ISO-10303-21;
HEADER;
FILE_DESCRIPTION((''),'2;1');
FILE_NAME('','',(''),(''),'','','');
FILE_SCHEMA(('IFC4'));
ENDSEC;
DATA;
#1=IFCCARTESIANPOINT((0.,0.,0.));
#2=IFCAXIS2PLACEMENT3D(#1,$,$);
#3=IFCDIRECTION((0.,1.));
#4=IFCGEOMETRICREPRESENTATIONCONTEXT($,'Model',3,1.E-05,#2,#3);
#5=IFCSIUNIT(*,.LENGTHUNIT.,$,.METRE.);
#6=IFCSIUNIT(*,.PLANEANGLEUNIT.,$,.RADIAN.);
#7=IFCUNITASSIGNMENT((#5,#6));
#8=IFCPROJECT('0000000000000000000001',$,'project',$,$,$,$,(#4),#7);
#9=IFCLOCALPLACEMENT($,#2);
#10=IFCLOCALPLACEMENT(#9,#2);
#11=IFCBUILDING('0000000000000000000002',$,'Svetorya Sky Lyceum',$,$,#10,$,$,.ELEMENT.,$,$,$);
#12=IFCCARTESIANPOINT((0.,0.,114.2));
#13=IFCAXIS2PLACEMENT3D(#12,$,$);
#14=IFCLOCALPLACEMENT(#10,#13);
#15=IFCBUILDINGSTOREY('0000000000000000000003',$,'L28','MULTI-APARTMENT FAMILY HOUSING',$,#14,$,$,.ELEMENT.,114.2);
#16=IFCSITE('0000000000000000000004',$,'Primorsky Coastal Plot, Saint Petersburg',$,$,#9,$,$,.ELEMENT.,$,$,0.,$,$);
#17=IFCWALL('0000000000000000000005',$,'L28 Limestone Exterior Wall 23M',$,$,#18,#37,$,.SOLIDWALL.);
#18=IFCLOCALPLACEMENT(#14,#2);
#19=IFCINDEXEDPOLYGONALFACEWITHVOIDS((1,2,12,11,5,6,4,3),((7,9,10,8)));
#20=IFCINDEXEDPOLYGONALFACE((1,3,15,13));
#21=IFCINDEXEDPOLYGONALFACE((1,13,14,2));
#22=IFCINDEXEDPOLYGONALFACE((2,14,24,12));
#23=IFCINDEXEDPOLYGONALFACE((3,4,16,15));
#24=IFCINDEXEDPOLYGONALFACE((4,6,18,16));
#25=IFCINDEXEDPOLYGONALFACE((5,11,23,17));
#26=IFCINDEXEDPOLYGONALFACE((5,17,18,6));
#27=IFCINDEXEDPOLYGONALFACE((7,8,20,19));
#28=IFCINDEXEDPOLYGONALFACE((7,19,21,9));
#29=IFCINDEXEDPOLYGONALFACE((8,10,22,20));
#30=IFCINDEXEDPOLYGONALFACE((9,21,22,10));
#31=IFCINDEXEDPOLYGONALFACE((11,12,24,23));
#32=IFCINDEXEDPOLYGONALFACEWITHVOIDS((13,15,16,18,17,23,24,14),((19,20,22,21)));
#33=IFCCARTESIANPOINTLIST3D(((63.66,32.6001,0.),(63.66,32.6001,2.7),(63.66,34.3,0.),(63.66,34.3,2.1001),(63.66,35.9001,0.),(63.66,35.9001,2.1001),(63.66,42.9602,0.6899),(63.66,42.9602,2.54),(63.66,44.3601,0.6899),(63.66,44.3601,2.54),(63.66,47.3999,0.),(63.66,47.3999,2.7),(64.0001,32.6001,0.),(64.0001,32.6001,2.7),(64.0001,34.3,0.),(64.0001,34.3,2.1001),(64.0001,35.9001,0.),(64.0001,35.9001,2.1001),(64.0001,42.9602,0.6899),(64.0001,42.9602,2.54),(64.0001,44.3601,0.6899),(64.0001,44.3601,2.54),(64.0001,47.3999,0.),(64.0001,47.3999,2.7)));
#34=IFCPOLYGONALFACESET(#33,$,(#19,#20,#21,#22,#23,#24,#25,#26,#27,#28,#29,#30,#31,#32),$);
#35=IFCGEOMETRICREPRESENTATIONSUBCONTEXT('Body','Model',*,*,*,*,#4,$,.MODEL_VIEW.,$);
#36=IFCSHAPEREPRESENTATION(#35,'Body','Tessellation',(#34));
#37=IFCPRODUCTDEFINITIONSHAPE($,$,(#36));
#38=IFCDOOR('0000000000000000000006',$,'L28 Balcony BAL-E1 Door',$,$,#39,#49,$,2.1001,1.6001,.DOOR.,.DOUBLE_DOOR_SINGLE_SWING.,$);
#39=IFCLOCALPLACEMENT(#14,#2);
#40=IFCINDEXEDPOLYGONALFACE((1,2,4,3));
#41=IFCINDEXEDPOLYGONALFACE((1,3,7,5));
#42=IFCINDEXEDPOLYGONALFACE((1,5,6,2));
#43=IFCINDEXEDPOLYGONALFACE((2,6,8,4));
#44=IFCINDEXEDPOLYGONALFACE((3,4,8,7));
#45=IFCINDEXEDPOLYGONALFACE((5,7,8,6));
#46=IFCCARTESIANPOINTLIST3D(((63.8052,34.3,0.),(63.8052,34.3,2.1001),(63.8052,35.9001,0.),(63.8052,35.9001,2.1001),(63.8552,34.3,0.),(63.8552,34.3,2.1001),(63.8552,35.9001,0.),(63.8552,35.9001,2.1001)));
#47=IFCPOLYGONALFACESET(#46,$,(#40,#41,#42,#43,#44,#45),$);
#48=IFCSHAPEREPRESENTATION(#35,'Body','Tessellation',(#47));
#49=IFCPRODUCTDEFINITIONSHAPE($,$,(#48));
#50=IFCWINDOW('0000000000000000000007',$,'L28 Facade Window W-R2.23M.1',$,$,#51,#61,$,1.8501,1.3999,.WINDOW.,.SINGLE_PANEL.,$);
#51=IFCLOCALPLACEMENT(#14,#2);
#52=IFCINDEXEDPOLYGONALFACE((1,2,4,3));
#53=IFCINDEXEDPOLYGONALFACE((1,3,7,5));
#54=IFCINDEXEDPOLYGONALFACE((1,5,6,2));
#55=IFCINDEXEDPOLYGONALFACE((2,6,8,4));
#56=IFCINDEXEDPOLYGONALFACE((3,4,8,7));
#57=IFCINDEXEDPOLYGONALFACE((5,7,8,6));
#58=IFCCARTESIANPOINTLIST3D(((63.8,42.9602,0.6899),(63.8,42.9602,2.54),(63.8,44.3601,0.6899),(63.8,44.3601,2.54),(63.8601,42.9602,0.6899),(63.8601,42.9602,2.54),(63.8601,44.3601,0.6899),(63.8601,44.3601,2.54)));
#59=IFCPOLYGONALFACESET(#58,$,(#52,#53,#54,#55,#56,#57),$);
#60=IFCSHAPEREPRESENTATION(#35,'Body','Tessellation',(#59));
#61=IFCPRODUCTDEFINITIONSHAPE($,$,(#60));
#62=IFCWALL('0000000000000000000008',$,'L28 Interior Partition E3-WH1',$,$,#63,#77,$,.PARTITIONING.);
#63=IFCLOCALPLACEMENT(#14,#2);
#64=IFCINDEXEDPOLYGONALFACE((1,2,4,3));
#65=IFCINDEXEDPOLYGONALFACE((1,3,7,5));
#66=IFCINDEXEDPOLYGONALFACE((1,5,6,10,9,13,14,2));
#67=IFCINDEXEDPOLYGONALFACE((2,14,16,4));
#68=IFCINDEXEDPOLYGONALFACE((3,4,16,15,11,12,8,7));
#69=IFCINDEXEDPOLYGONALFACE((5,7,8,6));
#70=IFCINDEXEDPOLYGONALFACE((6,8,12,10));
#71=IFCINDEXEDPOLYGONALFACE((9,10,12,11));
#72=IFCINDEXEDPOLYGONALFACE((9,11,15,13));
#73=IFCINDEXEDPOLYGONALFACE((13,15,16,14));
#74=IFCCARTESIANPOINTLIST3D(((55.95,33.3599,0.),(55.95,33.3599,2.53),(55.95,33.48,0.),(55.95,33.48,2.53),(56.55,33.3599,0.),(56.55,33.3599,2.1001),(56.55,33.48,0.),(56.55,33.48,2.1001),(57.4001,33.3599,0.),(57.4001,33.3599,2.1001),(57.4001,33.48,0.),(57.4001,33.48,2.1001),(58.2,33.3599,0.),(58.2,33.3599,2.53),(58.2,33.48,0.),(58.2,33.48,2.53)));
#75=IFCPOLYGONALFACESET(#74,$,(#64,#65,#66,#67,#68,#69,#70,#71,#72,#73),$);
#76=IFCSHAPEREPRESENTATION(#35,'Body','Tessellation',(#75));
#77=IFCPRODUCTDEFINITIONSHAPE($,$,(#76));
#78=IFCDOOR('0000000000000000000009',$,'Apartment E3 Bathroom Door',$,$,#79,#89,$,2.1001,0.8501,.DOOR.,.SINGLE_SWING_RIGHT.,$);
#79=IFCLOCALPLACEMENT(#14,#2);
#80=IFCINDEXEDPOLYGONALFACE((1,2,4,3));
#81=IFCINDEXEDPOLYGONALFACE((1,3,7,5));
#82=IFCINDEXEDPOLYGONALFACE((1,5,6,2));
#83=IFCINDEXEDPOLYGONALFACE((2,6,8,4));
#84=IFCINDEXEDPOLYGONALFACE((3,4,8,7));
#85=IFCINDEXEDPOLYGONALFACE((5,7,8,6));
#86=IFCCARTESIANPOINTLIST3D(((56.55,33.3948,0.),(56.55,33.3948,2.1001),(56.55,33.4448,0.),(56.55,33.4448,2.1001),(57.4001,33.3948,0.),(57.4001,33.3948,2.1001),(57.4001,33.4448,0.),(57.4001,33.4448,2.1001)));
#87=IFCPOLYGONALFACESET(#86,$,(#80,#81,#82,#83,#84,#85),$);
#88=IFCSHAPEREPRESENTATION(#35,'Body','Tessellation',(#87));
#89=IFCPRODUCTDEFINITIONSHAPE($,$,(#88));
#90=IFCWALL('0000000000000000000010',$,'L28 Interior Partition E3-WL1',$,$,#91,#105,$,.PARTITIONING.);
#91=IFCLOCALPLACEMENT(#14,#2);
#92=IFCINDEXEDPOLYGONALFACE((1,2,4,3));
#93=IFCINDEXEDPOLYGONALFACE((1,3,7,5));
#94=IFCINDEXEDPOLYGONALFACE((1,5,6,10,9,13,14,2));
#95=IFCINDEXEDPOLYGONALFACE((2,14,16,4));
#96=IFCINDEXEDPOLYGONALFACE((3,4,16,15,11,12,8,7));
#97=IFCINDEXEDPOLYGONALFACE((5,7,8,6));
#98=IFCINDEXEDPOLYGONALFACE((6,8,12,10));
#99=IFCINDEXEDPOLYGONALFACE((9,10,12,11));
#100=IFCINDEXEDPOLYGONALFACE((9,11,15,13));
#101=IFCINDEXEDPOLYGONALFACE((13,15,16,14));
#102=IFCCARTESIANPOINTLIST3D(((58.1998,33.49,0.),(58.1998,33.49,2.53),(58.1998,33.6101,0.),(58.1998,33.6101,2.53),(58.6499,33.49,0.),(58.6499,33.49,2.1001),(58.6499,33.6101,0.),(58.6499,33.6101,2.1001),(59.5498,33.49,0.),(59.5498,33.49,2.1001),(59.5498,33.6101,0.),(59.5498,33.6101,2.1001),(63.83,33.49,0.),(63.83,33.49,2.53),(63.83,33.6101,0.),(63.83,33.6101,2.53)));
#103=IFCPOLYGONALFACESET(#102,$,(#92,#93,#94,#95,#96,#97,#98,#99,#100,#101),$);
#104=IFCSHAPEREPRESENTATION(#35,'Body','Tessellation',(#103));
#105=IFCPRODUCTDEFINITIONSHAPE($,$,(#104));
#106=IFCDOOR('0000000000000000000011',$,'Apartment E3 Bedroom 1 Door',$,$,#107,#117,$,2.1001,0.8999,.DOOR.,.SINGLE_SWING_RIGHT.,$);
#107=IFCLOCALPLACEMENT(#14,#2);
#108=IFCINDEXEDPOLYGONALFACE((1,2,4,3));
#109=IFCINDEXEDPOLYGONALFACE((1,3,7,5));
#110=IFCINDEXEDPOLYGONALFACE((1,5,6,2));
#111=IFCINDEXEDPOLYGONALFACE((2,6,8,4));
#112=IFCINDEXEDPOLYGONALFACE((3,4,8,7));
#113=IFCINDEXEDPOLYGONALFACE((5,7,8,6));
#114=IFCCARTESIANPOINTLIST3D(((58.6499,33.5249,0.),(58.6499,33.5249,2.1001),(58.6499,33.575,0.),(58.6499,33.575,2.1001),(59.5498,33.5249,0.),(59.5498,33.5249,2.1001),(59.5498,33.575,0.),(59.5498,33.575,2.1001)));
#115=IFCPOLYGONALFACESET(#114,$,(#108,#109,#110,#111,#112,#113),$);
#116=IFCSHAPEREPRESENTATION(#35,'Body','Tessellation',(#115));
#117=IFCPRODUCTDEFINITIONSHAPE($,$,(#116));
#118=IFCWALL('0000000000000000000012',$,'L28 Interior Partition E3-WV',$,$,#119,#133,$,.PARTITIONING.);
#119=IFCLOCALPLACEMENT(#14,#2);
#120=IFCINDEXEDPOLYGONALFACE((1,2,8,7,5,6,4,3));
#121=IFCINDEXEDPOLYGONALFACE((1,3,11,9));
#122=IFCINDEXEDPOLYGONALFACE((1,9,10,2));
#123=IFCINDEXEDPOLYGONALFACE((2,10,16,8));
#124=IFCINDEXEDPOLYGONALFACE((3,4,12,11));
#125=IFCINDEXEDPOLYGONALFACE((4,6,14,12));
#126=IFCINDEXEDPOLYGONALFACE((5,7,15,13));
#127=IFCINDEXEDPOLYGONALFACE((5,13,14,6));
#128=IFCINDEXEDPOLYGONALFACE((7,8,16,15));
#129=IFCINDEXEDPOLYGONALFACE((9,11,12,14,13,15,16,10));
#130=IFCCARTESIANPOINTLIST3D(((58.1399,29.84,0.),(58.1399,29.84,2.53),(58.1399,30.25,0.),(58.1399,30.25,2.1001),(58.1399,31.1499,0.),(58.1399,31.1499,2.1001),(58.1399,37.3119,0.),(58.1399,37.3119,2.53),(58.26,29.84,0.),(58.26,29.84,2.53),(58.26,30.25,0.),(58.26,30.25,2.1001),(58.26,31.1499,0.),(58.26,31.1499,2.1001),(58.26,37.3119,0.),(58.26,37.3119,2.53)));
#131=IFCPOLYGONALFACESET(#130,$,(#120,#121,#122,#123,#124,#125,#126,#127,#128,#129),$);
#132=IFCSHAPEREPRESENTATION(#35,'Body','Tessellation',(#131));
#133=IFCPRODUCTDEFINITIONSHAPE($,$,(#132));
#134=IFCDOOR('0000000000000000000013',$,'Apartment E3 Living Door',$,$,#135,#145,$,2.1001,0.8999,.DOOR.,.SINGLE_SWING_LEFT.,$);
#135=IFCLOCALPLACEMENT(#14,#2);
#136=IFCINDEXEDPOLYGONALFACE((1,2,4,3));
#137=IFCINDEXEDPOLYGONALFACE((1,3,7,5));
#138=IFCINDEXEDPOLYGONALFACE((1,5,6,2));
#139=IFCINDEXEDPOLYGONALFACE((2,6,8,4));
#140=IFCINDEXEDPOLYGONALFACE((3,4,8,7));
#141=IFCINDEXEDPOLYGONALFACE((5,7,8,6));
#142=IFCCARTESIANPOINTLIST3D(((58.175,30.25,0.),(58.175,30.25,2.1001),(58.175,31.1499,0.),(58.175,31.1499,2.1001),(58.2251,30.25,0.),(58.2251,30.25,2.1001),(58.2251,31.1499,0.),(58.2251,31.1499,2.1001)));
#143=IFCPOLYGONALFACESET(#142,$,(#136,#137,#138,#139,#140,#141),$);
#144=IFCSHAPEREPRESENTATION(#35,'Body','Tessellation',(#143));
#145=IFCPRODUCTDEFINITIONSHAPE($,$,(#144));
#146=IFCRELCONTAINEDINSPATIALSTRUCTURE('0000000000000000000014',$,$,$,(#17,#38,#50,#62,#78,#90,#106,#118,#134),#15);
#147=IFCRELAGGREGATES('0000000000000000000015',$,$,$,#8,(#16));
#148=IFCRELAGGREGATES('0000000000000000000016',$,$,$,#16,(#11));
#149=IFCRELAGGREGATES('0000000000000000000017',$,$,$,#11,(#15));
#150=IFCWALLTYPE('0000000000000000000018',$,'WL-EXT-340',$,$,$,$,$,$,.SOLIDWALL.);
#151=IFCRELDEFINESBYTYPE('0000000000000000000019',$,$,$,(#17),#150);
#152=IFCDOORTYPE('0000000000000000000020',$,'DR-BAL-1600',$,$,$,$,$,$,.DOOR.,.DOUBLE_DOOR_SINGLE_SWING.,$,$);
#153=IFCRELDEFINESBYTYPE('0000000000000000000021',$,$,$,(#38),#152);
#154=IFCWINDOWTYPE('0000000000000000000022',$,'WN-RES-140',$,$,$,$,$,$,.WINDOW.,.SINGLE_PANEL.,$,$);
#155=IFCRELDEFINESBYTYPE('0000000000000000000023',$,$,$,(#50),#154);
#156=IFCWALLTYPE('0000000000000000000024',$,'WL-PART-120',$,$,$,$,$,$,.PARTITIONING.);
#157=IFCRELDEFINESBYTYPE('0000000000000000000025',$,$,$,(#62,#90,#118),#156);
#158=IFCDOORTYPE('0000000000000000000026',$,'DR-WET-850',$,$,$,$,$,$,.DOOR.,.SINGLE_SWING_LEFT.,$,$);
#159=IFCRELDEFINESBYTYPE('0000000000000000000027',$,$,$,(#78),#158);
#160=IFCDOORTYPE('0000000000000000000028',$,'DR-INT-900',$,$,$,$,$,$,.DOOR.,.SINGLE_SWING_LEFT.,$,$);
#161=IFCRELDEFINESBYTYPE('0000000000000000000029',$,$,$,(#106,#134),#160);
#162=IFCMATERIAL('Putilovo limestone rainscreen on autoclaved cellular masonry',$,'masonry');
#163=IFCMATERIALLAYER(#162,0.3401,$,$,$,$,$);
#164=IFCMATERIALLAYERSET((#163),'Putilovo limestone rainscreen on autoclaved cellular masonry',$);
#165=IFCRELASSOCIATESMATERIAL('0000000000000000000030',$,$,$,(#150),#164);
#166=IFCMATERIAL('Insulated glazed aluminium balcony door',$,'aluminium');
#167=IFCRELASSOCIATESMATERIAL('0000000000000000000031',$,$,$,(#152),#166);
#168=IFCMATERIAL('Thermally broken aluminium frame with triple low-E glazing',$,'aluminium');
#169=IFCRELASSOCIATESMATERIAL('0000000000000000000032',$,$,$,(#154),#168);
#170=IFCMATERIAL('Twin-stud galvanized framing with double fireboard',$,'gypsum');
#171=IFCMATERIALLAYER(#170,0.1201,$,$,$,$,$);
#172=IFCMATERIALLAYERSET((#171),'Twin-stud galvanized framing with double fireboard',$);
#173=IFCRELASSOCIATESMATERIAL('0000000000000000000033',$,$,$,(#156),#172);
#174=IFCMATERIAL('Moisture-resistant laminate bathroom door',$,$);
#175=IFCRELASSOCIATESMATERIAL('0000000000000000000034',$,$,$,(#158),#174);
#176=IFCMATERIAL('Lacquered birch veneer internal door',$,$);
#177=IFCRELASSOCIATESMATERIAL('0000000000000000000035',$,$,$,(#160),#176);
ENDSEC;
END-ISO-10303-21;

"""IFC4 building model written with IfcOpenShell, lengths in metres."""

from ifc_helpers import new_model, si_unit, direction, frame, frame_2d, origin, place, context, subcontext, project, spatial, rectangle, extrude, material, layer, layer_set, type_object, element, fill, save


model = new_model("IFC4")

# Units and contexts
model_context = context("Model", 3, precision=1e-05, world=origin(), true_north=direction((0.0, 1.0)))
body_context = subcontext(model_context, "Body", "Model", "MODEL_VIEW")
ifc_project = project(units=[si_unit("LENGTHUNIT", "METRE"), si_unit("PLANEANGLEUNIT", "RADIAN")], contexts=[model_context])

# Site, building, storey
site_placement = place(None, origin())
site = spatial("IfcSite", under=ifc_project, at=site_placement, Name="Primorsky Coastal Plot, Saint Petersburg", CompositionType="ELEMENT", RefElevation=0.0)
building_placement = place(site_placement, origin())
building = spatial("IfcBuilding", under=site, at=building_placement, Name="Svetorya Sky Lyceum", CompositionType="ELEMENT")
storey_placement = place(building_placement, frame((0.0, 0.0, 114.2)))
storey = spatial("IfcBuildingStorey", under=building, at=storey_placement, Name="L28", Description="MULTI-APARTMENT FAMILY HOUSING", CompositionType="ELEMENT", Elevation=114.2)

# Shared definitions
ifc_material_1 = material(Name="Putilovo limestone rainscreen on autoclaved cellular masonry", Category="masonry")
ifc_layer_1 = layer(ifc_material_1, 0.3401)
ifc_layer_set_1 = layer_set([ifc_layer_1], Name="Putilovo limestone rainscreen on autoclaved cellular masonry")
wall_type_1 = type_object("IfcWallType", Name="WL-EXT-340", PredefinedType="SOLIDWALL", material=ifc_layer_set_1)

# Shared definitions
ifc_material_2 = material(Name="Thermally broken aluminium frame with triple low-E glazing", Category="aluminium")

# Wall, openings, door, window
wall_1_placement = place(storey_placement, frame((63.8301, 32.6001, 0.0), z_axis=(0.0, 0.0, 1.0), x_axis=(0.0, 1.0, 0.0)))
wall_1 = element("IfcWall", 1, at=wall_1_placement, inside=storey, type_object=wall_type_1, Name="L28 Limestone Exterior Wall 23M", PredefinedType="SOLIDWALL", context=body_context, shape_type="SweptSolid", body=[
    extrude(rectangle(XDim=14.7998, YDim=0.3401, at=frame_2d((7.3999, 0.0))), origin(), (0.0, 0.0, 1.0), 2.7),
])
opening_1_placement = place(wall_1_placement, frame((1.7, 0.0, 0.0)))
opening_1 = element("IfcOpeningElement", 2, at=opening_1_placement, cuts=wall_1, PredefinedType="OPENING", context=body_context, shape_type="SweptSolid", body=[
    extrude(rectangle(XDim=1.6001, YDim=2.1001, at=frame_2d((0.8, 1.05))), frame((0.0, 0.1799, 0.0), z_axis=(0.0, -1.0, 0.0), x_axis=(1.0, 0.0, 0.0)), (0.0, 0.0, 1.0), 0.3601),
])
opening_2_placement = place(wall_1_placement, frame((10.3601, 0.0, 0.6899)))
opening_2 = element("IfcOpeningElement", 3, at=opening_2_placement, cuts=wall_1, PredefinedType="OPENING", context=body_context, shape_type="SweptSolid", body=[
    extrude(rectangle(XDim=1.3999, YDim=1.8501, at=frame_2d((0.7, 0.925))), frame((0.0, 0.1799, 0.0), z_axis=(0.0, -1.0, 0.0), x_axis=(1.0, 0.0, 0.0)), (0.0, 0.0, 1.0), 0.3601),
])
ifc_material_3 = material(Name="Insulated glazed aluminium balcony door", Category="aluminium")
door_type_1 = type_object("IfcDoorType", Name="DR-BAL-1600", OperationType="DOUBLE_DOOR_SINGLE_SWING", PredefinedType="DOOR", material=ifc_material_3)
door_1_placement = place(opening_1_placement, origin())
door_1 = element("IfcDoor", 4, at=door_1_placement, inside=storey, type_object=door_type_1, Name="L28 Balcony BAL-E1 Door", OperationType="DOUBLE_DOOR_SINGLE_SWING", OverallHeight=2.1001, OverallWidth=1.6001, PredefinedType="DOOR", context=body_context, shape_type="SweptSolid", body=[
    extrude(rectangle(XDim=1.6001, YDim=2.1001, at=frame_2d((0.8, 1.05))), frame((0.0, 0.0249, 0.0), z_axis=(0.0, -1.0, 0.0), x_axis=(1.0, 0.0, 0.0)), (0.0, 0.0, 1.0), 0.05),
])
fill(opening_1, door_1)
window_type_1 = type_object("IfcWindowType", Name="WN-RES-140", PartitioningType="SINGLE_PANEL", PredefinedType="WINDOW", material=ifc_material_2)
window_1_placement = place(opening_2_placement, origin())
window_1 = element("IfcWindow", 5, at=window_1_placement, inside=storey, type_object=window_type_1, Name="L28 Facade Window W-R2.23M.1", OverallHeight=1.8501, OverallWidth=1.3999, PartitioningType="SINGLE_PANEL", PredefinedType="WINDOW", context=body_context, shape_type="SweptSolid", body=[
    extrude(rectangle(XDim=1.3999, YDim=1.8501, at=frame_2d((0.7, 0.925))), frame((0.0, 0.03, 0.0), z_axis=(0.0, -1.0, 0.0), x_axis=(1.0, 0.0, 0.0)), (0.0, 0.0, 1.0), 0.0601),
])
fill(opening_2, window_1)

# Walls, openings, doors
ifc_material_4 = material(Name="Twin-stud galvanized framing with double fireboard", Category="gypsum")
ifc_layer_2 = layer(ifc_material_4, 0.1201)
ifc_layer_set_2 = layer_set([ifc_layer_2], Name="Twin-stud galvanized framing with double fireboard")
wall_type_2 = type_object("IfcWallType", Name="WL-PART-120", PredefinedType="PARTITIONING", material=ifc_layer_set_2)
wall_2_placement = place(storey_placement, frame((55.95, 33.4199, 0.0), z_axis=(0.0, 0.0, 1.0), x_axis=(1.0, 0.0, 0.0)))
wall_2 = element("IfcWall", 6, at=wall_2_placement, inside=storey, type_object=wall_type_2, Name="L28 Interior Partition E3-WH1", PredefinedType="PARTITIONING", context=body_context, shape_type="SweptSolid", body=[
    extrude(rectangle(XDim=2.25, YDim=0.1201, at=frame_2d((1.125, 0.0))), origin(), (0.0, 0.0, 1.0), 2.53),
])
opening_3_placement = place(wall_2_placement, frame((0.6001, 0.0, 0.0)))
opening_3 = element("IfcOpeningElement", 7, at=opening_3_placement, cuts=wall_2, PredefinedType="OPENING", context=body_context, shape_type="SweptSolid", body=[
    extrude(rectangle(XDim=0.8501, YDim=2.1001, at=frame_2d((0.425, 1.05))), frame((0.0, 0.0701, 0.0), z_axis=(0.0, -1.0, 0.0), x_axis=(1.0, 0.0, 0.0)), (0.0, 0.0, 1.0), 0.1401),
])
ifc_material_5 = material(Name="Moisture-resistant laminate bathroom door")
door_type_2 = type_object("IfcDoorType", Name="DR-WET-850", OperationType="SINGLE_SWING_LEFT", PredefinedType="DOOR", material=ifc_material_5)
door_2_placement = place(opening_3_placement, origin())
door_2 = element("IfcDoor", 8, at=door_2_placement, inside=storey, type_object=door_type_2, Name="Apartment E3 Bathroom Door", OperationType="SINGLE_SWING_RIGHT", OverallHeight=2.1001, OverallWidth=0.8501, PredefinedType="DOOR", context=body_context, shape_type="SweptSolid", body=[
    extrude(rectangle(XDim=0.8501, YDim=2.1001, at=frame_2d((0.425, 1.05))), frame((0.0, 0.0249, 0.0), z_axis=(0.0, -1.0, 0.0), x_axis=(1.0, 0.0, 0.0)), (0.0, 0.0, 1.0), 0.05),
])
fill(opening_3, door_2)
wall_3_placement = place(storey_placement, frame((58.2, 33.55, 0.0), z_axis=(0.0, 0.0, 1.0), x_axis=(1.0, 0.0, 0.0)))
wall_3 = element("IfcWall", 9, at=wall_3_placement, inside=storey, type_object=wall_type_2, Name="L28 Interior Partition E3-WL1", PredefinedType="PARTITIONING", context=body_context, shape_type="SweptSolid", body=[
    extrude(rectangle(XDim=5.6301, YDim=0.1201, at=frame_2d((2.8149, 0.0))), origin(), (0.0, 0.0, 1.0), 2.53),
])
opening_4_placement = place(wall_3_placement, frame((0.45, 0.0, 0.0)))
opening_4 = element("IfcOpeningElement", 10, at=opening_4_placement, cuts=wall_3, PredefinedType="OPENING", context=body_context, shape_type="SweptSolid", body=[
    extrude(rectangle(XDim=0.8999, YDim=2.1001, at=frame_2d((0.45, 1.05))), frame((0.0, 0.0701, 0.0), z_axis=(0.0, -1.0, 0.0), x_axis=(1.0, 0.0, 0.0)), (0.0, 0.0, 1.0), 0.1401),
])
ifc_material_6 = material(Name="Lacquered birch veneer internal door")
door_type_3 = type_object("IfcDoorType", Name="DR-INT-900", OperationType="SINGLE_SWING_LEFT", PredefinedType="DOOR", material=ifc_material_6)
door_3_placement = place(opening_4_placement, origin())
door_3 = element("IfcDoor", 11, at=door_3_placement, inside=storey, type_object=door_type_3, Name="Apartment E3 Bedroom 1 Door", OperationType="SINGLE_SWING_RIGHT", OverallHeight=2.1001, OverallWidth=0.8999, PredefinedType="DOOR", context=body_context, shape_type="SweptSolid", body=[
    extrude(rectangle(XDim=0.8999, YDim=2.1001, at=frame_2d((0.45, 1.05))), frame((0.0, 0.0249, 0.0), z_axis=(0.0, -1.0, 0.0), x_axis=(1.0, 0.0, 0.0)), (0.0, 0.0, 1.0), 0.05),
])
fill(opening_4, door_3)
wall_4_placement = place(storey_placement, frame((58.2, 29.8401, 0.0), z_axis=(0.0, 0.0, 1.0), x_axis=(0.0, 1.0, 0.0)))
wall_4 = element("IfcWall", 12, at=wall_4_placement, inside=storey, type_object=wall_type_2, Name="L28 Interior Partition E3-WV", PredefinedType="PARTITIONING", context=body_context, shape_type="SweptSolid", body=[
    extrude(rectangle(XDim=7.4719, YDim=0.1201, at=frame_2d((3.7358, 0.0))), origin(), (0.0, 0.0, 1.0), 2.53),
])
opening_5_placement = place(wall_4_placement, frame((0.4099, 0.0, 0.0)))
opening_5 = element("IfcOpeningElement", 13, at=opening_5_placement, cuts=wall_4, PredefinedType="OPENING", context=body_context, shape_type="SweptSolid", body=[
    extrude(rectangle(XDim=0.8999, YDim=2.1001, at=frame_2d((0.45, 1.05))), frame((0.0, 0.0701, 0.0), z_axis=(0.0, -1.0, 0.0), x_axis=(1.0, 0.0, 0.0)), (0.0, 0.0, 1.0), 0.1401),
])
door_4_placement = place(opening_5_placement, origin())
door_4 = element("IfcDoor", 14, at=door_4_placement, inside=storey, type_object=door_type_3, Name="Apartment E3 Living Door", OperationType="SINGLE_SWING_LEFT", OverallHeight=2.1001, OverallWidth=0.8999, PredefinedType="DOOR", context=body_context, shape_type="SweptSolid", body=[
    extrude(rectangle(XDim=0.8999, YDim=2.1001, at=frame_2d((0.45, 1.05))), frame((0.0, 0.0249, 0.0), z_axis=(0.0, -1.0, 0.0), x_axis=(1.0, 0.0, 0.0)), (0.0, 0.0, 1.0), 0.05),
])
fill(opening_5, door_4)

save(model, "model.ifc")
